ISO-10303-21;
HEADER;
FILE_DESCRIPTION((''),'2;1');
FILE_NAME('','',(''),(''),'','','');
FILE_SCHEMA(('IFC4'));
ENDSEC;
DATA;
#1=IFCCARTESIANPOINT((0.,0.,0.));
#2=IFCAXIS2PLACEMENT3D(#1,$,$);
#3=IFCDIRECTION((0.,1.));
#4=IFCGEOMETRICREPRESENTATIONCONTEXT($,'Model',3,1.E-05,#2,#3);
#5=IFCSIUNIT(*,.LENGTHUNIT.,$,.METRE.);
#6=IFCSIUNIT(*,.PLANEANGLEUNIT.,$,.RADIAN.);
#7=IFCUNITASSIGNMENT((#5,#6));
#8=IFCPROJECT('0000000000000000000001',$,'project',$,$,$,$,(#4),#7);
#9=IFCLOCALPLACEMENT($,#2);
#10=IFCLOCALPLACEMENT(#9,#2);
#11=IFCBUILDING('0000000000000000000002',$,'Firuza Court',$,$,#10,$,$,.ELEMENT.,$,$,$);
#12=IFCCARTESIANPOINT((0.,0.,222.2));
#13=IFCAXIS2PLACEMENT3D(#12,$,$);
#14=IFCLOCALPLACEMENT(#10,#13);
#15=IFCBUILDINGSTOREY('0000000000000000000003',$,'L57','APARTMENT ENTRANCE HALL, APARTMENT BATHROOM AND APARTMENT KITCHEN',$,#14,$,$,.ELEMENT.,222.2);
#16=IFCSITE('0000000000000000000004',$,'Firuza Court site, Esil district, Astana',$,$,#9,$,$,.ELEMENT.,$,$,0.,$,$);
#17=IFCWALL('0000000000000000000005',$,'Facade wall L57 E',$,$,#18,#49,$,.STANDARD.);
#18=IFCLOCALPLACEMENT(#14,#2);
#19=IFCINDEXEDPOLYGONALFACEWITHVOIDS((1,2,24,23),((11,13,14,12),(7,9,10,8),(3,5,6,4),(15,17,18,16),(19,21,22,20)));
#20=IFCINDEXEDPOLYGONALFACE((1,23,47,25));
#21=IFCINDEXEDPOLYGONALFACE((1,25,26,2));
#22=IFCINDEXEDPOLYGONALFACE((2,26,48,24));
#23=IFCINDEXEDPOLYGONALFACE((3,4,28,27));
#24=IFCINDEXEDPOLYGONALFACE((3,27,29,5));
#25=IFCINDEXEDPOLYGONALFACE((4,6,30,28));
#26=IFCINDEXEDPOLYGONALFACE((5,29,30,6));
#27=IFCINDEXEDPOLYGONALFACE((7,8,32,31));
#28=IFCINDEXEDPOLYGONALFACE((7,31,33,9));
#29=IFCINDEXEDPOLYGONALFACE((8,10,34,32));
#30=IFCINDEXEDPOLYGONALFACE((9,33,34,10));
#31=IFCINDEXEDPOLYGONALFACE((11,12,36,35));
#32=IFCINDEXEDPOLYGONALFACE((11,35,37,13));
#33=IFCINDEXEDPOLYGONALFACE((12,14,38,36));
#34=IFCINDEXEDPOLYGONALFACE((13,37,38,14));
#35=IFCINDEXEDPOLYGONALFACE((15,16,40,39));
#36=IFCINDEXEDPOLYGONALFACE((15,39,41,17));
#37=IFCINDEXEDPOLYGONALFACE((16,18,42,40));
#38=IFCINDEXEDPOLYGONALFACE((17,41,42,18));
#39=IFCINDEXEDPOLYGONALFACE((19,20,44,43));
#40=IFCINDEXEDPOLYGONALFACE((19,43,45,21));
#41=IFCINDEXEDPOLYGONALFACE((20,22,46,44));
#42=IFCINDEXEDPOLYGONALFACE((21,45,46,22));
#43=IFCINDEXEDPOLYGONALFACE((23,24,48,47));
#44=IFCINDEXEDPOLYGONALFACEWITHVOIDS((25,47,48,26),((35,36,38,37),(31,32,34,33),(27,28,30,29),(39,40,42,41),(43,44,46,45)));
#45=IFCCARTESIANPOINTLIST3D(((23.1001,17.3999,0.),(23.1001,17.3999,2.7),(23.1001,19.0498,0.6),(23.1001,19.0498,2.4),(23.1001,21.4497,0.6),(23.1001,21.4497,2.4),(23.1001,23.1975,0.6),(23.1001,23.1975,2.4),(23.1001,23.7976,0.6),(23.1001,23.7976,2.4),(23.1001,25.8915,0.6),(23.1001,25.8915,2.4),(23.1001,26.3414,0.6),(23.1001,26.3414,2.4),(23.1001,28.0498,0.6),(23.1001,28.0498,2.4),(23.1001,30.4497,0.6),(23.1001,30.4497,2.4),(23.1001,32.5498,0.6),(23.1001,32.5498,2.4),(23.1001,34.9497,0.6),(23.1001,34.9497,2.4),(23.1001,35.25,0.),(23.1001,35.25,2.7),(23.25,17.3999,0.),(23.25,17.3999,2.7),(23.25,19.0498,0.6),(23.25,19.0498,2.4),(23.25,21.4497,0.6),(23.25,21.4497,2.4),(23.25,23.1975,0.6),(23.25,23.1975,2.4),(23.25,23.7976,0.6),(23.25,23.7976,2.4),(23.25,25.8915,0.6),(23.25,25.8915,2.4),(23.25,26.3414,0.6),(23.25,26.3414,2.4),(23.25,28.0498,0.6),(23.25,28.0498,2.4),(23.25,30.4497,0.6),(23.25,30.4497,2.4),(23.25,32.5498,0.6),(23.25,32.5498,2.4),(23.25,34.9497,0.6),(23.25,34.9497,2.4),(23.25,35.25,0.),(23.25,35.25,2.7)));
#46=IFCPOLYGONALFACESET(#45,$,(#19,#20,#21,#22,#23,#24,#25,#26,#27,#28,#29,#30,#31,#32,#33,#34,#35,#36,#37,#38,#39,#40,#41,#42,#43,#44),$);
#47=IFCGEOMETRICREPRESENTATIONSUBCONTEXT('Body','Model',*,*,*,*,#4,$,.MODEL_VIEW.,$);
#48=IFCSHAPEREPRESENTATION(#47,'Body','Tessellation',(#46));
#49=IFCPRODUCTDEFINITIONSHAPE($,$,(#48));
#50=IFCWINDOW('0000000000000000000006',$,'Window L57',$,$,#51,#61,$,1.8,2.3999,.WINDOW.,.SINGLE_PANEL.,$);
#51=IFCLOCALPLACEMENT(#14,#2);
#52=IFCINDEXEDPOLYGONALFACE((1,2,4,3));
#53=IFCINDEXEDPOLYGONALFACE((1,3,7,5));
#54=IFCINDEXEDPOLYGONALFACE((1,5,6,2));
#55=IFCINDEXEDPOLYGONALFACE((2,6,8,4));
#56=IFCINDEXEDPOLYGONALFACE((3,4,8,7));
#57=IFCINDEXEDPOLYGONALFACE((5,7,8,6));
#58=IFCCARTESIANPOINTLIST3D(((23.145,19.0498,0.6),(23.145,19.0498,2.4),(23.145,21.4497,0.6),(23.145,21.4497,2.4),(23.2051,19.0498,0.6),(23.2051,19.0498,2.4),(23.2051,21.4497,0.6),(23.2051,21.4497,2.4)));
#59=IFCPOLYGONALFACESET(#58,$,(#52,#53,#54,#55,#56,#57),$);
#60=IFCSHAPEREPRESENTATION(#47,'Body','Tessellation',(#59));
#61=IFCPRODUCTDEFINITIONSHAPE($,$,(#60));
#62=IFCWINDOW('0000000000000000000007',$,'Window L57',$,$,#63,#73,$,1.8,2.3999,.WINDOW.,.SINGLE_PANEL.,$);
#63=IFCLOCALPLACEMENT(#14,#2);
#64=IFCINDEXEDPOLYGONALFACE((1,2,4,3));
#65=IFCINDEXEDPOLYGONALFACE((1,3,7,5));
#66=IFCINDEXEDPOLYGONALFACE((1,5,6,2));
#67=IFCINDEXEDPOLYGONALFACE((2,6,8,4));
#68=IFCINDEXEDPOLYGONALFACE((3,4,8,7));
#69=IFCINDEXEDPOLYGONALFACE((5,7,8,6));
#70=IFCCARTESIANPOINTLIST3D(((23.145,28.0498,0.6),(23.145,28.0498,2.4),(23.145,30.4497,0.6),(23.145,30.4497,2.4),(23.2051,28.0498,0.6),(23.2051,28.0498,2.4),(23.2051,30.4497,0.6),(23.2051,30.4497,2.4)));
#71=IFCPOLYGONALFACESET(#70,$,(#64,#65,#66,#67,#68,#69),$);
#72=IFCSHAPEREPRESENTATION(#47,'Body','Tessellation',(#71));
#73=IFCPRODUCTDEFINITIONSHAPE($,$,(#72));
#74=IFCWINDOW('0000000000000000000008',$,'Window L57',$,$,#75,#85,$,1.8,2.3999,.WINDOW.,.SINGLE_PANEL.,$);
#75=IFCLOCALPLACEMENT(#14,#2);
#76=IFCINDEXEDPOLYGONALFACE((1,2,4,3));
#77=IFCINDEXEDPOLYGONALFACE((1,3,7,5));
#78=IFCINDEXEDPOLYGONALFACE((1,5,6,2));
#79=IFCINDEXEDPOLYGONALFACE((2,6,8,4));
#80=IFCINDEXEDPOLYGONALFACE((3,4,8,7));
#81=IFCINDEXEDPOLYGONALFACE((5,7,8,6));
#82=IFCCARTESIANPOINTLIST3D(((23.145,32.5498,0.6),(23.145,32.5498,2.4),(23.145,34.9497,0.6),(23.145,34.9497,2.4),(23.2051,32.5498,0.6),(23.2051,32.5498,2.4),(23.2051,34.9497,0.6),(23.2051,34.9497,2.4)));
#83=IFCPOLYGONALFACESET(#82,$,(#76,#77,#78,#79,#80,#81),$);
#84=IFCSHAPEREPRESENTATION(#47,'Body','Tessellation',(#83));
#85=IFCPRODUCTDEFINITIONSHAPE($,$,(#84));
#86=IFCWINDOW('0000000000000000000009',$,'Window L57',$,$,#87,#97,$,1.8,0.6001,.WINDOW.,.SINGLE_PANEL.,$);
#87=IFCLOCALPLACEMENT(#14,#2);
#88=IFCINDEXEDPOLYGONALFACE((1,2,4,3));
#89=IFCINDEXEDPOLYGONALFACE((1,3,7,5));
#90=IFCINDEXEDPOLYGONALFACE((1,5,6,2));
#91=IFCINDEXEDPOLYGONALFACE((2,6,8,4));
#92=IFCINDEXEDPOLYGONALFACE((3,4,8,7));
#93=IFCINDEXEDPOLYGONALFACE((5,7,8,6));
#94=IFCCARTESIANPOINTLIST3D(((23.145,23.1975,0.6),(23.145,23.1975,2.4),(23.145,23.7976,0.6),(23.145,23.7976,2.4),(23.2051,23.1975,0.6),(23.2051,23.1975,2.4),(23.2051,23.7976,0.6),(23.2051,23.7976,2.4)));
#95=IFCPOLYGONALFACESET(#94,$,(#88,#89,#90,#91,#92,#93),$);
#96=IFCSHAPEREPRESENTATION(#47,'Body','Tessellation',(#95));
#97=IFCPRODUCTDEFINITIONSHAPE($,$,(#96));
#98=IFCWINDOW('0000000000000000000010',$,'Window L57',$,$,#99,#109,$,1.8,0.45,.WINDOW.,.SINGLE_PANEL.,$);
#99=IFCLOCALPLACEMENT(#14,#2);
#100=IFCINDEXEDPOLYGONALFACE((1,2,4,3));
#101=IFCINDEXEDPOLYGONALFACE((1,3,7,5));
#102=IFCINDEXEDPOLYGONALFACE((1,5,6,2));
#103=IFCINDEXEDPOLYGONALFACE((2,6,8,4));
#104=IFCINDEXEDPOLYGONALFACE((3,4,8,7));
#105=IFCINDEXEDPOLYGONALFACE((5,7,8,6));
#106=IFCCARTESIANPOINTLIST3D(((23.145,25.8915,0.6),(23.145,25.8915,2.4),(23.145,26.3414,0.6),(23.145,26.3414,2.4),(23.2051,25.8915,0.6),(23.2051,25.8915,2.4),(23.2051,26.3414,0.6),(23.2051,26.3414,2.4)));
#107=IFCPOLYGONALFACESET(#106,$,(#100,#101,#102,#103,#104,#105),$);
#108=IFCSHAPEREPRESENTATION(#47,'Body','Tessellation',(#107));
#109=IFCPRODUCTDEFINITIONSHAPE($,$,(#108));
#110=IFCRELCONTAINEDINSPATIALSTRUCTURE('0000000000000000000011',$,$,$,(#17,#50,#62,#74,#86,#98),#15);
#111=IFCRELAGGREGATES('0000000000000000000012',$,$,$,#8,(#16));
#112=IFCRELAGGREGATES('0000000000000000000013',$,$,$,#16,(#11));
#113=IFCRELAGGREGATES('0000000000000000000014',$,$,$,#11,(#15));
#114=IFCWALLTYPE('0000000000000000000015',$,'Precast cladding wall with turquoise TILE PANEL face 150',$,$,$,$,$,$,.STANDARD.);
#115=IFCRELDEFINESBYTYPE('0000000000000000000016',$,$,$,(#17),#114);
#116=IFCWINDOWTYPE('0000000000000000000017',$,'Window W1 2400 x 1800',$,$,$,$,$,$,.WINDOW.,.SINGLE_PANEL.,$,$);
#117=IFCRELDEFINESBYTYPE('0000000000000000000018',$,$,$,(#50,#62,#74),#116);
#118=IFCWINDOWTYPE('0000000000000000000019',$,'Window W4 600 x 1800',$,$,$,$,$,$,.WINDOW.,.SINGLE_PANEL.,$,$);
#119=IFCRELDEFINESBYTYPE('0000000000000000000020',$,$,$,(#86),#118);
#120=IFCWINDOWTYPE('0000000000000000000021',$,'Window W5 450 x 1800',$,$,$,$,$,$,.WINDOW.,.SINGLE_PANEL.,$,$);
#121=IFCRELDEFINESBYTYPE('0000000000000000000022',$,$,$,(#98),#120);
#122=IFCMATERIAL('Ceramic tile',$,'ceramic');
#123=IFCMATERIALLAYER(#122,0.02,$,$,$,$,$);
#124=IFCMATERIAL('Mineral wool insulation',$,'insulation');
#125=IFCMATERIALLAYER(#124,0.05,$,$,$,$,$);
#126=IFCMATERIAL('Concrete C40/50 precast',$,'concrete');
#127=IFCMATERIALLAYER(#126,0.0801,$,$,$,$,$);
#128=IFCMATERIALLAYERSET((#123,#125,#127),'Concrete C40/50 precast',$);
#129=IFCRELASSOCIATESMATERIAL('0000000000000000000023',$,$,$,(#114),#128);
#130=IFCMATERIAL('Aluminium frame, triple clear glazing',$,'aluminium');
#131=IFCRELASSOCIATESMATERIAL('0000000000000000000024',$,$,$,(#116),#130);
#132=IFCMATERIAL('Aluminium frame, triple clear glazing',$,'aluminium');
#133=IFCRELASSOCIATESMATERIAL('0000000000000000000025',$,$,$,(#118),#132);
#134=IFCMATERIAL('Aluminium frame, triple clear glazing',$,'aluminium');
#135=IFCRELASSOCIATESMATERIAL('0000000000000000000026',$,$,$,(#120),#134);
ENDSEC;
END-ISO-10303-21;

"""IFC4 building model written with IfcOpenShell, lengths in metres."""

from ifc_helpers import new_model, si_unit, direction, frame, frame_2d, origin, place, context, subcontext, project, spatial, rectangle, extrude, material, layer, layer_set, type_object, element, fill, save


model = new_model("IFC4")

# Units and contexts
model_context = context("Model", 3, precision=1e-05, world=origin(), true_north=direction((0.0, 1.0)))
body_context = subcontext(model_context, "Body", "Model", "MODEL_VIEW")
ifc_project = project(units=[si_unit("LENGTHUNIT", "METRE"), si_unit("PLANEANGLEUNIT", "RADIAN")], contexts=[model_context])

# Site, building, storey
site_placement = place(None, origin())
site = spatial("IfcSite", under=ifc_project, at=site_placement, Name="Firuza Court site, Esil district, Astana", CompositionType="ELEMENT", RefElevation=0.0)
building_placement = place(site_placement, origin())
building = spatial("IfcBuilding", under=site, at=building_placement, Name="Firuza Court", CompositionType="ELEMENT")
storey_placement = place(building_placement, frame((0.0, 0.0, 222.2)))
storey = spatial("IfcBuildingStorey", under=building, at=storey_placement, Name="L57", Description="APARTMENT ENTRANCE HALL, APARTMENT BATHROOM AND APARTMENT KITCHEN", CompositionType="ELEMENT", Elevation=222.2)

# Wall, openings, windows
ifc_material_1 = material(Name="Ceramic tile", Category="ceramic")
ifc_layer_1 = layer(ifc_material_1, 0.02)
ifc_material_2 = material(Name="Mineral wool insulation", Category="insulation")
ifc_layer_2 = layer(ifc_material_2, 0.05)
ifc_material_3 = material(Name="Concrete C40/50 precast", Category="concrete")
ifc_layer_3 = layer(ifc_material_3, 0.0801)
ifc_layer_set_1 = layer_set([ifc_layer_1, ifc_layer_2, ifc_layer_3], Name="Concrete C40/50 precast")
wall_type_1 = type_object("IfcWallType", Name="Precast cladding wall with turquoise TILE PANEL face 150", PredefinedType="STANDARD", material=ifc_layer_set_1)
wall_1_placement = place(storey_placement, frame((23.175, 17.3999, 0.0), z_axis=(0.0, 0.0, 1.0), x_axis=(0.0, 1.0, 0.0)))
wall_1 = element("IfcWall", 1, at=wall_1_placement, inside=storey, type_object=wall_type_1, Name="Facade wall L57 E", PredefinedType="STANDARD", context=body_context, shape_type="SweptSolid", body=[
    extrude(rectangle(XDim=17.8501, YDim=0.1499, at=frame_2d((8.925, 0.0))), origin(), (0.0, 0.0, 1.0), 2.7),
])
opening_1_placement = place(wall_1_placement, frame((1.6499, 0.0, 0.6001)))
opening_1 = element("IfcOpeningElement", 2, at=opening_1_placement, cuts=wall_1, PredefinedType="OPENING", context=body_context, shape_type="SweptSolid", body=[
    extrude(rectangle(XDim=2.3999, YDim=1.8, at=frame_2d((1.2, 0.8999))), frame((0.0, 0.0869, 0.0), z_axis=(0.0, -1.0, 0.0), x_axis=(1.0, 0.0, 0.0)), (0.0, 0.0, 1.0), 0.1738),
])
opening_2_placement = place(wall_1_placement, frame((5.7976, 0.0, 0.6001)))
opening_2 = element("IfcOpeningElement", 3, at=opening_2_placement, cuts=wall_1, PredefinedType="OPENING", context=body_context, shape_type="SweptSolid", body=[
    extrude(rectangle(XDim=0.6001, YDim=1.8, at=frame_2d((0.3, 0.8999))), frame((0.0, 0.0869, 0.0), z_axis=(0.0, -1.0, 0.0), x_axis=(1.0, 0.0, 0.0)), (0.0, 0.0, 1.0), 0.1738),
])
opening_3_placement = place(wall_1_placement, frame((8.4915, 0.0, 0.6001)))
opening_3 = element("IfcOpeningElement", 4, at=opening_3_placement, cuts=wall_1, PredefinedType="OPENING", context=body_context, shape_type="SweptSolid", body=[
    extrude(rectangle(XDim=0.45, YDim=1.8, at=frame_2d((0.2251, 0.8999))), frame((0.0, 0.0869, 0.0), z_axis=(0.0, -1.0, 0.0), x_axis=(1.0, 0.0, 0.0)), (0.0, 0.0, 1.0), 0.1738),
])
opening_4_placement = place(wall_1_placement, frame((10.6499, 0.0, 0.6001)))
opening_4 = element("IfcOpeningElement", 5, at=opening_4_placement, cuts=wall_1, PredefinedType="OPENING", context=body_context, shape_type="SweptSolid", body=[
    extrude(rectangle(XDim=2.3999, YDim=1.8, at=frame_2d((1.2, 0.8999))), frame((0.0, 0.0869, 0.0), z_axis=(0.0, -1.0, 0.0), x_axis=(1.0, 0.0, 0.0)), (0.0, 0.0, 1.0), 0.1738),
])
opening_5_placement = place(wall_1_placement, frame((15.1499, 0.0, 0.6001)))
opening_5 = element("IfcOpeningElement", 6, at=opening_5_placement, cuts=wall_1, PredefinedType="OPENING", context=body_context, shape_type="SweptSolid", body=[
    extrude(rectangle(XDim=2.3999, YDim=1.8, at=frame_2d((1.2, 0.8999))), frame((0.0, 0.0869, 0.0), z_axis=(0.0, -1.0, 0.0), x_axis=(1.0, 0.0, 0.0)), (0.0, 0.0, 1.0), 0.1738),
])
ifc_material_4 = material(Name="Aluminium frame, triple clear glazing", Category="aluminium")
window_type_1 = type_object("IfcWindowType", Name="Window W1 2400 x 1800", PartitioningType="SINGLE_PANEL", PredefinedType="WINDOW", material=ifc_material_4)
window_1_placement = place(opening_1_placement, origin())
window_1 = element("IfcWindow", 7, at=window_1_placement, inside=storey, type_object=window_type_1, Name="Window L57", OverallHeight=1.8, OverallWidth=2.3999, PartitioningType="SINGLE_PANEL", PredefinedType="WINDOW", context=body_context, shape_type="SweptSolid", body=[
    extrude(rectangle(XDim=2.3999, YDim=1.8, at=frame_2d((1.2, 0.8999))), frame((0.0, 0.03, 0.0), z_axis=(0.0, -1.0, 0.0), x_axis=(1.0, 0.0, 0.0)), (0.0, 0.0, 1.0), 0.0601),
])
fill(opening_1, window_1)
window_2_placement = place(opening_4_placement, origin())
window_2 = element("IfcWindow", 8, at=window_2_placement, inside=storey, type_object=window_type_1, Name="Window L57", OverallHeight=1.8, OverallWidth=2.3999, PartitioningType="SINGLE_PANEL", PredefinedType="WINDOW", context=body_context, shape_type="SweptSolid", body=[
    extrude(rectangle(XDim=2.3999, YDim=1.8, at=frame_2d((1.2, 0.8999))), frame((0.0, 0.03, 0.0), z_axis=(0.0, -1.0, 0.0), x_axis=(1.0, 0.0, 0.0)), (0.0, 0.0, 1.0), 0.0601),
])
fill(opening_4, window_2)
window_3_placement = place(opening_5_placement, origin())
window_3 = element("IfcWindow", 9, at=window_3_placement, inside=storey, type_object=window_type_1, Name="Window L57", OverallHeight=1.8, OverallWidth=2.3999, PartitioningType="SINGLE_PANEL", PredefinedType="WINDOW", context=body_context, shape_type="SweptSolid", body=[
    extrude(rectangle(XDim=2.3999, YDim=1.8, at=frame_2d((1.2, 0.8999))), frame((0.0, 0.03, 0.0), z_axis=(0.0, -1.0, 0.0), x_axis=(1.0, 0.0, 0.0)), (0.0, 0.0, 1.0), 0.0601),
])
fill(opening_5, window_3)
ifc_material_5 = material(Name="Aluminium frame, triple clear glazing", Category="aluminium")
window_type_2 = type_object("IfcWindowType", Name="Window W4 600 x 1800", PartitioningType="SINGLE_PANEL", PredefinedType="WINDOW", material=ifc_material_5)
window_4_placement = place(opening_2_placement, origin())
window_4 = element("IfcWindow", 10, at=window_4_placement, inside=storey, type_object=window_type_2, Name="Window L57", OverallHeight=1.8, OverallWidth=0.6001, PartitioningType="SINGLE_PANEL", PredefinedType="WINDOW", context=body_context, shape_type="SweptSolid", body=[
    extrude(rectangle(XDim=0.6001, YDim=1.8, at=frame_2d((0.3, 0.8999))), frame((0.0, 0.03, 0.0), z_axis=(0.0, -1.0, 0.0), x_axis=(1.0, 0.0, 0.0)), (0.0, 0.0, 1.0), 0.0601),
])
fill(opening_2, window_4)
ifc_material_6 = material(Name="Aluminium frame, triple clear glazing", Category="aluminium")
window_type_3 = type_object("IfcWindowType", Name="Window W5 450 x 1800", PartitioningType="SINGLE_PANEL", PredefinedType="WINDOW", material=ifc_material_6)
window_5_placement = place(opening_3_placement, origin())
window_5 = element("IfcWindow", 11, at=window_5_placement, inside=storey, type_object=window_type_3, Name="Window L57", OverallHeight=1.8, OverallWidth=0.45, PartitioningType="SINGLE_PANEL", PredefinedType="WINDOW", context=body_context, shape_type="SweptSolid", body=[
    extrude(rectangle(XDim=0.45, YDim=1.8, at=frame_2d((0.2251, 0.8999))), frame((0.0, 0.03, 0.0), z_axis=(0.0, -1.0, 0.0), x_axis=(1.0, 0.0, 0.0)), (0.0, 0.0, 1.0), 0.0601),
])
fill(opening_3, window_5)

save(model, "model.ifc")
